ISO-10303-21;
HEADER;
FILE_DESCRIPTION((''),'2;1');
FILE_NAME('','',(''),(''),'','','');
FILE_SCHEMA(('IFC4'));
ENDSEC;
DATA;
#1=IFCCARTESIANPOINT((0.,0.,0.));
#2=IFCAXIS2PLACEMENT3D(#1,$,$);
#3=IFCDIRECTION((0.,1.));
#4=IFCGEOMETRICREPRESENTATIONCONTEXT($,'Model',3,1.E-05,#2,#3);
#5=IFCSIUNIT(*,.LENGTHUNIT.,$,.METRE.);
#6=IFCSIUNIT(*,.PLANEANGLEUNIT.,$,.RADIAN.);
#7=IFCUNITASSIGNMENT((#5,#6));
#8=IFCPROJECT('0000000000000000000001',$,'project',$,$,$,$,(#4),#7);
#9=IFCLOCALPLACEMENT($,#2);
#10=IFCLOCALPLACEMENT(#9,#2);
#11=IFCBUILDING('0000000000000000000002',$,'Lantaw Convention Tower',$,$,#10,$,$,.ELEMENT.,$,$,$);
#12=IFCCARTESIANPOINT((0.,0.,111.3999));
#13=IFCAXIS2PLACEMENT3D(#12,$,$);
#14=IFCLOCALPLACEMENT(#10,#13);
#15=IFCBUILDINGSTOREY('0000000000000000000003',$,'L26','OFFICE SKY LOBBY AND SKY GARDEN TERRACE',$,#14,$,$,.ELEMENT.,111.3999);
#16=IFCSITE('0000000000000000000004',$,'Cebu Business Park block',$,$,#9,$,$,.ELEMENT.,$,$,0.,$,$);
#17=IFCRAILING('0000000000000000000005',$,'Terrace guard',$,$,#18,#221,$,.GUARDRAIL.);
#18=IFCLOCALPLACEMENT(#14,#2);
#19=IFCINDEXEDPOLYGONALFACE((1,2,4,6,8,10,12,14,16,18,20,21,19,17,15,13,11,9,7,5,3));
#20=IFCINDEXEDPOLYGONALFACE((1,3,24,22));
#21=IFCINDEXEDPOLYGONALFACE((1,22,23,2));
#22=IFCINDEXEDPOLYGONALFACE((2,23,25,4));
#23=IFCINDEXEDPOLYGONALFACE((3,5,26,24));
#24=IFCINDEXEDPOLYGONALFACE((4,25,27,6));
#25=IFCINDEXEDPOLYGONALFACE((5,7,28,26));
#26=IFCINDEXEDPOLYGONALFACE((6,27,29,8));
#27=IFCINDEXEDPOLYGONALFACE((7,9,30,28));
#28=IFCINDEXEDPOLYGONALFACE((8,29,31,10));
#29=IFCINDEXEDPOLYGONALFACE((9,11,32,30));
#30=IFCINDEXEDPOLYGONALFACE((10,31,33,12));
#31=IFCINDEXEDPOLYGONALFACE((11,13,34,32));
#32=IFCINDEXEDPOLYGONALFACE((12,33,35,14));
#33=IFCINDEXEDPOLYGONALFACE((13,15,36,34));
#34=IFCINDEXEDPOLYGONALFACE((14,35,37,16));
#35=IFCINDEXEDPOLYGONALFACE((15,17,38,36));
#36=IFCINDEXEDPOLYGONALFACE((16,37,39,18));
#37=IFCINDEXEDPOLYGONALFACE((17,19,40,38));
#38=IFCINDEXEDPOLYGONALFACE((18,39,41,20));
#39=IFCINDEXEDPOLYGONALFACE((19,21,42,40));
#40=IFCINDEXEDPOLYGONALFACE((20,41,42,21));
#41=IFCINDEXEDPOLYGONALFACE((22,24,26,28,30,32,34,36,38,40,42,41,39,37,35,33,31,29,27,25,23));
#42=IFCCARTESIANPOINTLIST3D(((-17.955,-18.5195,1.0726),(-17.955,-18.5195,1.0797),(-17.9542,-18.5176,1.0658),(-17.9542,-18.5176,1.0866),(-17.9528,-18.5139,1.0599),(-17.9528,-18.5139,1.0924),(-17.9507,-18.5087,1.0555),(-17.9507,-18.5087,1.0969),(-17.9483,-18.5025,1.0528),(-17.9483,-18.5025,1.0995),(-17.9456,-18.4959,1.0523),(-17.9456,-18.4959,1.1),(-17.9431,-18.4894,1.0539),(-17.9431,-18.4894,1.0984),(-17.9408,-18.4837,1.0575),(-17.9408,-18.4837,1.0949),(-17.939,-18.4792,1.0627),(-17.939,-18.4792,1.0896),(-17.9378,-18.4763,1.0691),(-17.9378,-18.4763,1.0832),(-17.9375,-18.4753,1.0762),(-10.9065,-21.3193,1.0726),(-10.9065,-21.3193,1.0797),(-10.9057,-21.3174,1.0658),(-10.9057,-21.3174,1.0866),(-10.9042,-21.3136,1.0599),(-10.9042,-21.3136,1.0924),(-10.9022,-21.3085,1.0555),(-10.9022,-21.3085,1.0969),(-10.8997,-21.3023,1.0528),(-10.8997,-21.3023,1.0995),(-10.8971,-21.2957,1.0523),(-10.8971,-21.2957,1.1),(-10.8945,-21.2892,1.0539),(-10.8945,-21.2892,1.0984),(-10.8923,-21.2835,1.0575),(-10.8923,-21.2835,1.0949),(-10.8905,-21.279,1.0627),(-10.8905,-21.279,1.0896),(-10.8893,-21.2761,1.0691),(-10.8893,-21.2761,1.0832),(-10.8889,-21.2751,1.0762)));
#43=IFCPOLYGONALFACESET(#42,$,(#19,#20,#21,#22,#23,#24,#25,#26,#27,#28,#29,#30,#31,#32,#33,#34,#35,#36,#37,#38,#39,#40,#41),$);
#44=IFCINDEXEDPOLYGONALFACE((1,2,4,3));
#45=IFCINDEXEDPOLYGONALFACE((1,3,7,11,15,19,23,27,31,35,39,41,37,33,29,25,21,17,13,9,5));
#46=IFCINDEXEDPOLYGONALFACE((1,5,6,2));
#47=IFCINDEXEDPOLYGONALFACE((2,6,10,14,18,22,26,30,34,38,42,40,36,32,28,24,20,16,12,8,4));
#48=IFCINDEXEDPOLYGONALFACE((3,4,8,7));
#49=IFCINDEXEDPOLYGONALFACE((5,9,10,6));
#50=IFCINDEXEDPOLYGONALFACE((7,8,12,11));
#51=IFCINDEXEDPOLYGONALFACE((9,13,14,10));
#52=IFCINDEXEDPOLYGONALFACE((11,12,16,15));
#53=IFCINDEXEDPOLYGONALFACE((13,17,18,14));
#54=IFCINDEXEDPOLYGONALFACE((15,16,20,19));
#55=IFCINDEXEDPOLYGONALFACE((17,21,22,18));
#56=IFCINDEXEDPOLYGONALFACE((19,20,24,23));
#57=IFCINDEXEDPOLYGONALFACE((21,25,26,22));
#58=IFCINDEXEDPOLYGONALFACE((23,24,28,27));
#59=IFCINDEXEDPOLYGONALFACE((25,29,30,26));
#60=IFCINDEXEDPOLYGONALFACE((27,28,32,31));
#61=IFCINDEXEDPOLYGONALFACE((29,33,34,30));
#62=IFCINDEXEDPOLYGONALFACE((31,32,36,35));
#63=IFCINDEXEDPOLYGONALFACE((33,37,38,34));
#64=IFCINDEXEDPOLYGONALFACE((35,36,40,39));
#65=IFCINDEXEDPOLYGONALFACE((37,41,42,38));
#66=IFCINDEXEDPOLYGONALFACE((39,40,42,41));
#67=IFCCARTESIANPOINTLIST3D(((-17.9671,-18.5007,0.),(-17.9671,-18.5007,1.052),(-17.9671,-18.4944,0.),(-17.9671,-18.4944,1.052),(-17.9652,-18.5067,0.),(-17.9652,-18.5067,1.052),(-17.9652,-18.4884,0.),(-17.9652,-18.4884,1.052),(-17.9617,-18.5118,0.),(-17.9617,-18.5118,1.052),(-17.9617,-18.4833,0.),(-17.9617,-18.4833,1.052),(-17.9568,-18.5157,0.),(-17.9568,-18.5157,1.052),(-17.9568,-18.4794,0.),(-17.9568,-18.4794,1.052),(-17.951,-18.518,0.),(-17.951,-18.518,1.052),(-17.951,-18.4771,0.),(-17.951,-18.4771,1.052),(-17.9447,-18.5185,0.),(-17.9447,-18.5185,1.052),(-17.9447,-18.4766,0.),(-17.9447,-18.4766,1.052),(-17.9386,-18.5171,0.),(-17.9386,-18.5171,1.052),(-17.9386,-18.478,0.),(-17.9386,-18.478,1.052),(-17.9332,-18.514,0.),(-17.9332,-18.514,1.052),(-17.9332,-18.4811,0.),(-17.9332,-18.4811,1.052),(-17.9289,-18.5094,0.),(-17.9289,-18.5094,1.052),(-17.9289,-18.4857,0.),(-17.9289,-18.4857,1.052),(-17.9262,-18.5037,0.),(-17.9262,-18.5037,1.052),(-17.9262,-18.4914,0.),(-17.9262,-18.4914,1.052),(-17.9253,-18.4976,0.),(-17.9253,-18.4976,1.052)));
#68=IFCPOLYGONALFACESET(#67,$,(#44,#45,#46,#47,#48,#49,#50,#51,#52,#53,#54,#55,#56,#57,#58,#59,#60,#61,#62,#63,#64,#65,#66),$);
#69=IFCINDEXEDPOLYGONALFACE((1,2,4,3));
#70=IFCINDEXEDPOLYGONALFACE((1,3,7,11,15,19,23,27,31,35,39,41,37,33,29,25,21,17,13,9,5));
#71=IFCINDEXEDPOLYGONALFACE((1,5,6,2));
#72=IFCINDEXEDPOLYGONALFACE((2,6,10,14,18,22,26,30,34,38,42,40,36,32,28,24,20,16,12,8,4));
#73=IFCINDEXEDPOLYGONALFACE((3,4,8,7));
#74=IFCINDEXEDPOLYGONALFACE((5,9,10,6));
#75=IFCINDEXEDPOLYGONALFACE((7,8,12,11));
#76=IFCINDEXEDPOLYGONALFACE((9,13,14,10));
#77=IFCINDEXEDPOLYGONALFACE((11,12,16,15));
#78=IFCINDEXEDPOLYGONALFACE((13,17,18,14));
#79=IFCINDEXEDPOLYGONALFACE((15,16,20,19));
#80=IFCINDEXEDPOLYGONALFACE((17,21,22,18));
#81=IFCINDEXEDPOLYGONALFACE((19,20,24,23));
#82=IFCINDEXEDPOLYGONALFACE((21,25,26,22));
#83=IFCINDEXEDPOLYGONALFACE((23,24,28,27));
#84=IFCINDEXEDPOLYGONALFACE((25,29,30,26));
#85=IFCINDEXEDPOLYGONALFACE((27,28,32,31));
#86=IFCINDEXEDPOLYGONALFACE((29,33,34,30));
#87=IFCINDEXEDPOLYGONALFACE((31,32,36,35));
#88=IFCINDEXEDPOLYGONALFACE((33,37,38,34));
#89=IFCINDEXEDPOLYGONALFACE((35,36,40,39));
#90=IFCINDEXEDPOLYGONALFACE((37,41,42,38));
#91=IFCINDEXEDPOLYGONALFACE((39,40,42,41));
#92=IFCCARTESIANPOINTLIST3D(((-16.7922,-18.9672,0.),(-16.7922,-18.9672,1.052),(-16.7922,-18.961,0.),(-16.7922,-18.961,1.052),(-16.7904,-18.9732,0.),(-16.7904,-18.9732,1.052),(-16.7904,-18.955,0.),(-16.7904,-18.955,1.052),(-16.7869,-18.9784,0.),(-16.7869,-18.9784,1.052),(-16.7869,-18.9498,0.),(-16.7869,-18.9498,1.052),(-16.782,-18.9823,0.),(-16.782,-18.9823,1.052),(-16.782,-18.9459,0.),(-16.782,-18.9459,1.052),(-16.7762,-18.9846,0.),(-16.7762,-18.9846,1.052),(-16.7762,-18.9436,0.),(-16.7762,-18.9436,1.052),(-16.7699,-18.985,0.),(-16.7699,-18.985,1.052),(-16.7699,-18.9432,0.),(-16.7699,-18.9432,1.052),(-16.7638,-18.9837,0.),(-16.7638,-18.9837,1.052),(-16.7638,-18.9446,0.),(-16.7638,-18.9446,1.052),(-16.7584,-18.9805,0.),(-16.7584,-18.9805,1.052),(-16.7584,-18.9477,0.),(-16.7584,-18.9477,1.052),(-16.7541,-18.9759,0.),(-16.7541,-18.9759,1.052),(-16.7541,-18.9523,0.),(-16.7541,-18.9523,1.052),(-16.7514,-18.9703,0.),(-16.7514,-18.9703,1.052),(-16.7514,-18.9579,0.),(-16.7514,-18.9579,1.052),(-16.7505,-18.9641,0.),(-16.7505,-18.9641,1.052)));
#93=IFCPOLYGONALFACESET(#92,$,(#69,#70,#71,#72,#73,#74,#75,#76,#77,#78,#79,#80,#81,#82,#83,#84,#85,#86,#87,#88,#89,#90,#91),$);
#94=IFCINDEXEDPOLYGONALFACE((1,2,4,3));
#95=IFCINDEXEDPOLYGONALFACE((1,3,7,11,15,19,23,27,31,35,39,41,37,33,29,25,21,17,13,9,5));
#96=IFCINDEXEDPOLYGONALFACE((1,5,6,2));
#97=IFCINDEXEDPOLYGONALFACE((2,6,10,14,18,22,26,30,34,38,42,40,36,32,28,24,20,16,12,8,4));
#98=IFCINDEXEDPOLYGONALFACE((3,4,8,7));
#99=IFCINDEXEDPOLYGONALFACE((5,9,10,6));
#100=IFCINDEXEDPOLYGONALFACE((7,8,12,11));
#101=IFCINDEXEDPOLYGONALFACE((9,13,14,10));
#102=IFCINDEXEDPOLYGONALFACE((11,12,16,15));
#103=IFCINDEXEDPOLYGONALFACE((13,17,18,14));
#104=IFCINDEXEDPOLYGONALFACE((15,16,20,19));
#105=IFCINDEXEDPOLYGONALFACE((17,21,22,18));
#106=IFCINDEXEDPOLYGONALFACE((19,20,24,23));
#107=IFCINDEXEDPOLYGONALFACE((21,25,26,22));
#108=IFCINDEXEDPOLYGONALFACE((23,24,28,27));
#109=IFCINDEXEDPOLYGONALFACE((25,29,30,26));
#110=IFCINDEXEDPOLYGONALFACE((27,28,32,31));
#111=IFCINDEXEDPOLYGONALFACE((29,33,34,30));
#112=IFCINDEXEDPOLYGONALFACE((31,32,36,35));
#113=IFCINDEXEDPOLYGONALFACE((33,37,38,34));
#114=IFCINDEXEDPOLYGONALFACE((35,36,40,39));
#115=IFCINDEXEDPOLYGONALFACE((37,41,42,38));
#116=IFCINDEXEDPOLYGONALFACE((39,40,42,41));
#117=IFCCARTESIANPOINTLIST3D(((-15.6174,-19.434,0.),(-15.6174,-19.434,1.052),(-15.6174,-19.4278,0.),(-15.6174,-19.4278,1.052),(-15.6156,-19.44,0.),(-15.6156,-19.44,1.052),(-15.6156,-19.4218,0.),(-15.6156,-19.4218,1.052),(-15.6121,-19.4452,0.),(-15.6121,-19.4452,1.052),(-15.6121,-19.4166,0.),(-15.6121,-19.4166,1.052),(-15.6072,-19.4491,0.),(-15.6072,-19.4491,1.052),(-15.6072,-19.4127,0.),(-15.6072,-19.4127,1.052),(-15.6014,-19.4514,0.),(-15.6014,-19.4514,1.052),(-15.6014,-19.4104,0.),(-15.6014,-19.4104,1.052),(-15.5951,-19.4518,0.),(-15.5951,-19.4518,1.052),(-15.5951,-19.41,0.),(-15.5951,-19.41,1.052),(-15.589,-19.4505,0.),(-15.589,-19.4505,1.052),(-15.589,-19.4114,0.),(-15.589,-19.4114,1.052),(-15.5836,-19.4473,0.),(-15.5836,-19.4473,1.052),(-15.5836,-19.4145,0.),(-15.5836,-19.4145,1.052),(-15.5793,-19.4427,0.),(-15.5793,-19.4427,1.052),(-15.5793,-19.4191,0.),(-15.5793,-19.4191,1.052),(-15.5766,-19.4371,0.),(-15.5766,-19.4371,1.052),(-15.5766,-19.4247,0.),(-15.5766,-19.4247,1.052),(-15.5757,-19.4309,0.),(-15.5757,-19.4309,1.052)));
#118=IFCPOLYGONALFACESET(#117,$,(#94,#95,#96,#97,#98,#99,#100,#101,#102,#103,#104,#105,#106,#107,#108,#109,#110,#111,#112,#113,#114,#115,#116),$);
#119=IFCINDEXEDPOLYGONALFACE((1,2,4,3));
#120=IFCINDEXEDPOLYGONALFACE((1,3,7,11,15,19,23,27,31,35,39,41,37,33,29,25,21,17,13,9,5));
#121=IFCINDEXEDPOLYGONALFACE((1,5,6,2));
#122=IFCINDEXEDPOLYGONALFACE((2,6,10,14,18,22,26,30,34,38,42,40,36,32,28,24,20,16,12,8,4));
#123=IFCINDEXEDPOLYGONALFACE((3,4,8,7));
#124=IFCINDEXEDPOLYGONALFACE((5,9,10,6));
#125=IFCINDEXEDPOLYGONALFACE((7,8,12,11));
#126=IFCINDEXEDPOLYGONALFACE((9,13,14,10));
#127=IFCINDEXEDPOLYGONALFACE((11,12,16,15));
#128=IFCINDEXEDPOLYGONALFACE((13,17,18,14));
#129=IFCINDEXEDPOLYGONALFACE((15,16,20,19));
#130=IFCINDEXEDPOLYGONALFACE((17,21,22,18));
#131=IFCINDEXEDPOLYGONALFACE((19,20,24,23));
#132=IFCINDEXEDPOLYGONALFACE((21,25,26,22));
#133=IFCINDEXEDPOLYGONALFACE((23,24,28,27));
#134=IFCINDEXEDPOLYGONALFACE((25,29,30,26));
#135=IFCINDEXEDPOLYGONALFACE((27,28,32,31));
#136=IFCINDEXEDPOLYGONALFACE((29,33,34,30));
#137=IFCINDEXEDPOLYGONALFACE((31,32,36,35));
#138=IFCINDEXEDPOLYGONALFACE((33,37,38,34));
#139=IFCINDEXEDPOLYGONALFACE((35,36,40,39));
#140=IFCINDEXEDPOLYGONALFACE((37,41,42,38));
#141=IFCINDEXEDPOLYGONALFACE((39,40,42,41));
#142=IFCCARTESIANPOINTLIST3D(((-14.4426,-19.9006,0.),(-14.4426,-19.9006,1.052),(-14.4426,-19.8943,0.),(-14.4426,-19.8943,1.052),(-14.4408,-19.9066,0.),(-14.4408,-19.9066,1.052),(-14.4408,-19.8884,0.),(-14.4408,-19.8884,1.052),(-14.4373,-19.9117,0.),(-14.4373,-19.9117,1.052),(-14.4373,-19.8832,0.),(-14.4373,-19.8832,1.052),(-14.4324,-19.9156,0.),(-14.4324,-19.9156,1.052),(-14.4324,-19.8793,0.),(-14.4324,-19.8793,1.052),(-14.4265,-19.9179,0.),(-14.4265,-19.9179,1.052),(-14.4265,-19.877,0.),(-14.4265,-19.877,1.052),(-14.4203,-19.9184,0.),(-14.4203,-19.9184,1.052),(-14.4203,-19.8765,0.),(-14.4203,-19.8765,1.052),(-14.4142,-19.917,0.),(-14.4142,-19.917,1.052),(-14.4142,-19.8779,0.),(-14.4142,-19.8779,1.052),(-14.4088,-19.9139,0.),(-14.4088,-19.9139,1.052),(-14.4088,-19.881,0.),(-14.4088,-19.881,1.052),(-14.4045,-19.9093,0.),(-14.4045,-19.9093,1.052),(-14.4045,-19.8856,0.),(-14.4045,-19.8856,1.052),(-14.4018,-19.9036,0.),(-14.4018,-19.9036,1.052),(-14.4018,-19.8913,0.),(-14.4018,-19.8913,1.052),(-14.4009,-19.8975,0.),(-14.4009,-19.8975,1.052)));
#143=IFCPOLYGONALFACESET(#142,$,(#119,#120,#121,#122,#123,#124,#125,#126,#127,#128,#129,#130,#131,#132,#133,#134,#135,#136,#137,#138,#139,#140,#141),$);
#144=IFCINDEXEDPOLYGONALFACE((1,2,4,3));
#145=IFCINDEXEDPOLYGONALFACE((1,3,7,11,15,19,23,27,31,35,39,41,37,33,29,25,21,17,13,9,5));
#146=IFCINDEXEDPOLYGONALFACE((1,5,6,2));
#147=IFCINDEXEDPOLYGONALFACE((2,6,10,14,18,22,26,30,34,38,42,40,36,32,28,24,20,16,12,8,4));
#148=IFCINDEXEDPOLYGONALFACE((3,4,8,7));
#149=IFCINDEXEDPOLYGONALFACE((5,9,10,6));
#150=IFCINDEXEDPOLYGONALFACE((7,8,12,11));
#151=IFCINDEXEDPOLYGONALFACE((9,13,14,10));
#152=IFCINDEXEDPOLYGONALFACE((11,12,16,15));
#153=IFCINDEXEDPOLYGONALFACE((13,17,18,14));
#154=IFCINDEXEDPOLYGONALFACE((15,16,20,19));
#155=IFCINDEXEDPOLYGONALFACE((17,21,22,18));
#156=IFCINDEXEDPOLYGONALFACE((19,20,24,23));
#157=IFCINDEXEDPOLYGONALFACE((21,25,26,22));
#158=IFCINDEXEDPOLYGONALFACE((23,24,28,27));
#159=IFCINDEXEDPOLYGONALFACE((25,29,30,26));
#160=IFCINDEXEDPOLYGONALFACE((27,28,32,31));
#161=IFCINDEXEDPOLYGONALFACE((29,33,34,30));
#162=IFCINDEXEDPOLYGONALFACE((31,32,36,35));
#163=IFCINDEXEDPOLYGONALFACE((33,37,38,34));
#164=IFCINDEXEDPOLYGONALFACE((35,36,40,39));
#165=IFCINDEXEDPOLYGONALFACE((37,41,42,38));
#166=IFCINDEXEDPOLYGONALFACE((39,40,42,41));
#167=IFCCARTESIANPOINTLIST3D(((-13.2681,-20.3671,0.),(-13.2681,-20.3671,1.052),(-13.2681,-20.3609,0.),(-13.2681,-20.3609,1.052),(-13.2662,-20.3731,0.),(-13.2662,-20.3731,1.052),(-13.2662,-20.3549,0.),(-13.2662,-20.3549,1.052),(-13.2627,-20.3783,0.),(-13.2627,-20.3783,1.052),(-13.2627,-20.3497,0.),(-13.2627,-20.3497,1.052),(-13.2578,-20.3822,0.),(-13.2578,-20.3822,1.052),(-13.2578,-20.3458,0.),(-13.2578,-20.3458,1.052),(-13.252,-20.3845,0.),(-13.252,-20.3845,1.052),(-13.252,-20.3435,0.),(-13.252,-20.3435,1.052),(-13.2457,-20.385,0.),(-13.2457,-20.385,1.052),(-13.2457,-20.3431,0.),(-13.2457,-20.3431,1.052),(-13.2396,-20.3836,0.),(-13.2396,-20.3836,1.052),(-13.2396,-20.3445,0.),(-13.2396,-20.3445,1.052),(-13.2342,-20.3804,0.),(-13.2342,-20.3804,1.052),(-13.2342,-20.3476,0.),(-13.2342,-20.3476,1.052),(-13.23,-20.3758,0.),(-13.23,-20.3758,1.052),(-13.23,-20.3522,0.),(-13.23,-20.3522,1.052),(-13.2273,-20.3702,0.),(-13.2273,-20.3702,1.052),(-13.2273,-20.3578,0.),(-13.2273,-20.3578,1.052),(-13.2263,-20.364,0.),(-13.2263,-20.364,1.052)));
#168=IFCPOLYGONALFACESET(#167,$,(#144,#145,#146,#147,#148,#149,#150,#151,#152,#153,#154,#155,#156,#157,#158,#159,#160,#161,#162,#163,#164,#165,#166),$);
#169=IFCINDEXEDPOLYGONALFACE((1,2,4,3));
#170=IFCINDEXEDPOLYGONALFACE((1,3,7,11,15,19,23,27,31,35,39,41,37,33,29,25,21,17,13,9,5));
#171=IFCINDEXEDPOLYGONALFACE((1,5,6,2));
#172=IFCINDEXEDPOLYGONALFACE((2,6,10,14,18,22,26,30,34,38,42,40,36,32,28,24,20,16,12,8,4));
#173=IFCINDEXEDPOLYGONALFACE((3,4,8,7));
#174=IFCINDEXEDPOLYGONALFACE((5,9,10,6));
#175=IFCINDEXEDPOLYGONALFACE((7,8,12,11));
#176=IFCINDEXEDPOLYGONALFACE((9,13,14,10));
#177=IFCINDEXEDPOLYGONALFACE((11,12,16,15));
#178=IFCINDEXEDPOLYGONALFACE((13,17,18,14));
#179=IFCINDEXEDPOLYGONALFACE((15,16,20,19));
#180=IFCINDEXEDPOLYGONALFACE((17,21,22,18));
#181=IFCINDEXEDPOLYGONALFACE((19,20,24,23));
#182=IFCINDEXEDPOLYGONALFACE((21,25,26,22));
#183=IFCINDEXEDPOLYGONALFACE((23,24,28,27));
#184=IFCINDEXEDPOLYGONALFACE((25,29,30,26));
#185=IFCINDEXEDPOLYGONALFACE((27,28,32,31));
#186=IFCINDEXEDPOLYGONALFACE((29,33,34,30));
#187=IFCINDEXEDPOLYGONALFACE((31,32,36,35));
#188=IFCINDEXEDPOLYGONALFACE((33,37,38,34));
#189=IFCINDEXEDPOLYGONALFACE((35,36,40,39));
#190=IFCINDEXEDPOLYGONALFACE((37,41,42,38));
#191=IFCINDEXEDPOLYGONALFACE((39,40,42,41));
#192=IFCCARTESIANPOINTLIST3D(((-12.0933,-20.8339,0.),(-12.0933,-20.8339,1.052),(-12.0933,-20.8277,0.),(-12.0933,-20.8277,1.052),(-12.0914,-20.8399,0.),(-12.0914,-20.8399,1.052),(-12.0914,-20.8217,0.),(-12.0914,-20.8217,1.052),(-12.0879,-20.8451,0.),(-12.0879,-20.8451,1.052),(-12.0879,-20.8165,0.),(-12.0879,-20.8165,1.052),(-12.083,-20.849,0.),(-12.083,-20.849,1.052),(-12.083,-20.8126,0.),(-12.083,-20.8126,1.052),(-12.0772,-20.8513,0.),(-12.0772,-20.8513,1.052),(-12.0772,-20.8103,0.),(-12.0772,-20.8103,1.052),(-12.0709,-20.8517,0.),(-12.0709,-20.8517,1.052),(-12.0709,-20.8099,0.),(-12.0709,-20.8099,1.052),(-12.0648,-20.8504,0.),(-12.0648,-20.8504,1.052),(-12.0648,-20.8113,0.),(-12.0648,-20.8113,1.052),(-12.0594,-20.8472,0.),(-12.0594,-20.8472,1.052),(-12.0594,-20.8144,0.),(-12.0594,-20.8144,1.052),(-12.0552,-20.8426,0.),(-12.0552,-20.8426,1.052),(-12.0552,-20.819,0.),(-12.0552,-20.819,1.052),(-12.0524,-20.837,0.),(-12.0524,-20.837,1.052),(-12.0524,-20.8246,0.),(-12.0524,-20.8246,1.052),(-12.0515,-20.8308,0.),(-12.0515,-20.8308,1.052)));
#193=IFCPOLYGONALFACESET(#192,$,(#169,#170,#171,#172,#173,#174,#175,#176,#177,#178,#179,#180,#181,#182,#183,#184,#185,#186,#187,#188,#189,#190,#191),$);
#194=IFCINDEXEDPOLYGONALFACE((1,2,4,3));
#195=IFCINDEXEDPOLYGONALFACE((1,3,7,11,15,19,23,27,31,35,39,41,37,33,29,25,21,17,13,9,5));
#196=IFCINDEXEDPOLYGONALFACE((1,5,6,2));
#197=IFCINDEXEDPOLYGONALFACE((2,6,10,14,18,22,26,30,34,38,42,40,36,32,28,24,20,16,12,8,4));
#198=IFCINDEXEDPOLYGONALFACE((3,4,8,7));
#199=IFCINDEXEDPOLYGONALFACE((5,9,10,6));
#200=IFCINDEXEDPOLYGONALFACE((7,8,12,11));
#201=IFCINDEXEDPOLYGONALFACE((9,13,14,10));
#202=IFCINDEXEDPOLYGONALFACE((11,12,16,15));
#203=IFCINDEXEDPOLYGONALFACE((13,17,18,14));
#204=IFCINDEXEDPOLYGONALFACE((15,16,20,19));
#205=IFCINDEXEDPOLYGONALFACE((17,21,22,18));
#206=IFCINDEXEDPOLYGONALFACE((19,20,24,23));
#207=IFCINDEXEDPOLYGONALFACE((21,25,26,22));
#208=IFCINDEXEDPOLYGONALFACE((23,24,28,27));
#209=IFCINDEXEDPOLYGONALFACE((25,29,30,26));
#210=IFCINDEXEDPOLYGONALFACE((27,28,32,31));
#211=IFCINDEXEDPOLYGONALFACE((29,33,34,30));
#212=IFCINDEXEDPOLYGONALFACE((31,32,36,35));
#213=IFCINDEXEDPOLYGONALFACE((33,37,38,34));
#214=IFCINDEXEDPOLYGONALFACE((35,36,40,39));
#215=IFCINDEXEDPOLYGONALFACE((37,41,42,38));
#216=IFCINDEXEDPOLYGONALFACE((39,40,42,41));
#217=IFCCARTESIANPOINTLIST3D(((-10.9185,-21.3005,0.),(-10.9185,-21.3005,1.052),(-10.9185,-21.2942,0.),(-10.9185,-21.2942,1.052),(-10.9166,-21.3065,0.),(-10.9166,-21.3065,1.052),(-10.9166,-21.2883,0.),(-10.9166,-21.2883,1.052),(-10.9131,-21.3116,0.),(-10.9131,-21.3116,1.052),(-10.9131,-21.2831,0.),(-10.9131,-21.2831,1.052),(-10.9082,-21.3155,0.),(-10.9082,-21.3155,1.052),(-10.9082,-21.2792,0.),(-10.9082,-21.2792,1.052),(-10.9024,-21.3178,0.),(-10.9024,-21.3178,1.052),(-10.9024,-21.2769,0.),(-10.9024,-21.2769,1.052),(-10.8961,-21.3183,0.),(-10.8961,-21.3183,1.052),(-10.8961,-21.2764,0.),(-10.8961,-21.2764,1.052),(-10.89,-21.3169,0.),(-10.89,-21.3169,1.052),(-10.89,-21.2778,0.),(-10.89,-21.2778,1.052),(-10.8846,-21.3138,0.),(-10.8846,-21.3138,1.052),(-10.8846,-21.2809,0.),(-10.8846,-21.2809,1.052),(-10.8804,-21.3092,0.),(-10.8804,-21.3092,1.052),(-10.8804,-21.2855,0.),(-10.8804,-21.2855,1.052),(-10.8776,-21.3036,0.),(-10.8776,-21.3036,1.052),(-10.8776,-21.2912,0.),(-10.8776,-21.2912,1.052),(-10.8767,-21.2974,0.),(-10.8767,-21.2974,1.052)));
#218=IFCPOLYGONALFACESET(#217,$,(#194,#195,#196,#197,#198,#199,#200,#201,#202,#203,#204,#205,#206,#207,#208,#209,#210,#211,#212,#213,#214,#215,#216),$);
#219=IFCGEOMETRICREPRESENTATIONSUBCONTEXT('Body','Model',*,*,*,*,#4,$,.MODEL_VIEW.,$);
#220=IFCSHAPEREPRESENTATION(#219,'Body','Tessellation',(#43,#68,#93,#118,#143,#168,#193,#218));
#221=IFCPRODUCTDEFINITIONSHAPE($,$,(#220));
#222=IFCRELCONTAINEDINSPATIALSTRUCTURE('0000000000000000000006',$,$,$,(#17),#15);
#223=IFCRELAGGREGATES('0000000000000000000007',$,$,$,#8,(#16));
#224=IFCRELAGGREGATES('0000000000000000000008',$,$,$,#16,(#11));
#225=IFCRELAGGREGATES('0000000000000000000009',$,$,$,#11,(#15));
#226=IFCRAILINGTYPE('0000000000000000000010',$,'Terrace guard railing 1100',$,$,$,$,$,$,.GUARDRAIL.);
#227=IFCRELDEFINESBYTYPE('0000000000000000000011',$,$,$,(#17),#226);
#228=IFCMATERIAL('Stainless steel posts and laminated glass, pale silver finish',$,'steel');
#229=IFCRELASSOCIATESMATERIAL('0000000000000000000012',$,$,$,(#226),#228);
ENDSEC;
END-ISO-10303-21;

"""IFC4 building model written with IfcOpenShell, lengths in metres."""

from ifc_helpers import new_model, si_unit, direction, frame, origin, origin_2d, place, context, subcontext, project, spatial, circle, extrude, material, type_object, element, save


model = new_model("IFC4")

# Units and contexts
model_context = context("Model", 3, precision=1e-05, world=origin(), true_north=direction((0.0, 1.0)))
body_context = subcontext(model_context, "Body", "Model", "MODEL_VIEW")
ifc_project = project(units=[si_unit("LENGTHUNIT", "METRE"), si_unit("PLANEANGLEUNIT", "RADIAN")], contexts=[model_context])

# Site, building, storey
site_placement = place(None, origin())
site = spatial("IfcSite", under=ifc_project, at=site_placement, Name="Cebu Business Park block", CompositionType="ELEMENT", RefElevation=0.0)
building_placement = place(site_placement, origin())
building = spatial("IfcBuilding", under=site, at=building_placement, Name="Lantaw Convention Tower", CompositionType="ELEMENT")
storey_placement = place(building_placement, frame((0.0, 0.0, 111.3999)))
storey = spatial("IfcBuildingStorey", under=building, at=storey_placement, Name="L26", Description="OFFICE SKY LOBBY AND SKY GARDEN TERRACE", CompositionType="ELEMENT", Elevation=111.3999)

# Railing
ifc_material_1 = material(Name="Stainless steel posts and laminated glass, pale silver finish", Category="steel")
railing_type = type_object("IfcRailingType", Name="Terrace guard railing 1100", PredefinedType="GUARDRAIL", material=ifc_material_1)
railing_1_placement = place(storey_placement, frame((-17.9463, -18.4976, 0.0)))
element("IfcRailing", 1, at=railing_1_placement, inside=storey, type_object=railing_type, Name="Terrace guard", PredefinedType="GUARDRAIL", context=body_context, shape_type="SweptSolid", body=[
    extrude(circle(Radius=0.0239, at=origin_2d()), frame((0.0, 0.0, 1.0762), z_axis=(0.929366, -0.369158, 0.0), x_axis=(0.369158, 0.929366, 0.0)), (0.0, 0.0, 1.0), 7.5842),
    extrude(circle(Radius=0.021, at=origin_2d()), origin(), (0.0, 0.0, 1.0), 1.052),
    extrude(circle(Radius=0.021, at=origin_2d()), frame((1.1748, -0.4666, 0.0)), (0.0, 0.0, 1.0), 1.052),
    extrude(circle(Radius=0.021, at=origin_2d()), frame((2.3496, -0.9333, 0.0)), (0.0, 0.0, 1.0), 1.052),
    extrude(circle(Radius=0.021, at=origin_2d()), frame((3.5244, -1.3999, 0.0)), (0.0, 0.0, 1.0), 1.052),
    extrude(circle(Radius=0.021, at=origin_2d()), frame((4.699, -1.8665, 0.0)), (0.0, 0.0, 1.0), 1.052),
    extrude(circle(Radius=0.021, at=origin_2d()), frame((5.8738, -2.3333, 0.0)), (0.0, 0.0, 1.0), 1.052),
    extrude(circle(Radius=0.021, at=origin_2d()), frame((7.0486, -2.7998, 0.0)), (0.0, 0.0, 1.0), 1.052),
])

save(model, "model.ifc")
